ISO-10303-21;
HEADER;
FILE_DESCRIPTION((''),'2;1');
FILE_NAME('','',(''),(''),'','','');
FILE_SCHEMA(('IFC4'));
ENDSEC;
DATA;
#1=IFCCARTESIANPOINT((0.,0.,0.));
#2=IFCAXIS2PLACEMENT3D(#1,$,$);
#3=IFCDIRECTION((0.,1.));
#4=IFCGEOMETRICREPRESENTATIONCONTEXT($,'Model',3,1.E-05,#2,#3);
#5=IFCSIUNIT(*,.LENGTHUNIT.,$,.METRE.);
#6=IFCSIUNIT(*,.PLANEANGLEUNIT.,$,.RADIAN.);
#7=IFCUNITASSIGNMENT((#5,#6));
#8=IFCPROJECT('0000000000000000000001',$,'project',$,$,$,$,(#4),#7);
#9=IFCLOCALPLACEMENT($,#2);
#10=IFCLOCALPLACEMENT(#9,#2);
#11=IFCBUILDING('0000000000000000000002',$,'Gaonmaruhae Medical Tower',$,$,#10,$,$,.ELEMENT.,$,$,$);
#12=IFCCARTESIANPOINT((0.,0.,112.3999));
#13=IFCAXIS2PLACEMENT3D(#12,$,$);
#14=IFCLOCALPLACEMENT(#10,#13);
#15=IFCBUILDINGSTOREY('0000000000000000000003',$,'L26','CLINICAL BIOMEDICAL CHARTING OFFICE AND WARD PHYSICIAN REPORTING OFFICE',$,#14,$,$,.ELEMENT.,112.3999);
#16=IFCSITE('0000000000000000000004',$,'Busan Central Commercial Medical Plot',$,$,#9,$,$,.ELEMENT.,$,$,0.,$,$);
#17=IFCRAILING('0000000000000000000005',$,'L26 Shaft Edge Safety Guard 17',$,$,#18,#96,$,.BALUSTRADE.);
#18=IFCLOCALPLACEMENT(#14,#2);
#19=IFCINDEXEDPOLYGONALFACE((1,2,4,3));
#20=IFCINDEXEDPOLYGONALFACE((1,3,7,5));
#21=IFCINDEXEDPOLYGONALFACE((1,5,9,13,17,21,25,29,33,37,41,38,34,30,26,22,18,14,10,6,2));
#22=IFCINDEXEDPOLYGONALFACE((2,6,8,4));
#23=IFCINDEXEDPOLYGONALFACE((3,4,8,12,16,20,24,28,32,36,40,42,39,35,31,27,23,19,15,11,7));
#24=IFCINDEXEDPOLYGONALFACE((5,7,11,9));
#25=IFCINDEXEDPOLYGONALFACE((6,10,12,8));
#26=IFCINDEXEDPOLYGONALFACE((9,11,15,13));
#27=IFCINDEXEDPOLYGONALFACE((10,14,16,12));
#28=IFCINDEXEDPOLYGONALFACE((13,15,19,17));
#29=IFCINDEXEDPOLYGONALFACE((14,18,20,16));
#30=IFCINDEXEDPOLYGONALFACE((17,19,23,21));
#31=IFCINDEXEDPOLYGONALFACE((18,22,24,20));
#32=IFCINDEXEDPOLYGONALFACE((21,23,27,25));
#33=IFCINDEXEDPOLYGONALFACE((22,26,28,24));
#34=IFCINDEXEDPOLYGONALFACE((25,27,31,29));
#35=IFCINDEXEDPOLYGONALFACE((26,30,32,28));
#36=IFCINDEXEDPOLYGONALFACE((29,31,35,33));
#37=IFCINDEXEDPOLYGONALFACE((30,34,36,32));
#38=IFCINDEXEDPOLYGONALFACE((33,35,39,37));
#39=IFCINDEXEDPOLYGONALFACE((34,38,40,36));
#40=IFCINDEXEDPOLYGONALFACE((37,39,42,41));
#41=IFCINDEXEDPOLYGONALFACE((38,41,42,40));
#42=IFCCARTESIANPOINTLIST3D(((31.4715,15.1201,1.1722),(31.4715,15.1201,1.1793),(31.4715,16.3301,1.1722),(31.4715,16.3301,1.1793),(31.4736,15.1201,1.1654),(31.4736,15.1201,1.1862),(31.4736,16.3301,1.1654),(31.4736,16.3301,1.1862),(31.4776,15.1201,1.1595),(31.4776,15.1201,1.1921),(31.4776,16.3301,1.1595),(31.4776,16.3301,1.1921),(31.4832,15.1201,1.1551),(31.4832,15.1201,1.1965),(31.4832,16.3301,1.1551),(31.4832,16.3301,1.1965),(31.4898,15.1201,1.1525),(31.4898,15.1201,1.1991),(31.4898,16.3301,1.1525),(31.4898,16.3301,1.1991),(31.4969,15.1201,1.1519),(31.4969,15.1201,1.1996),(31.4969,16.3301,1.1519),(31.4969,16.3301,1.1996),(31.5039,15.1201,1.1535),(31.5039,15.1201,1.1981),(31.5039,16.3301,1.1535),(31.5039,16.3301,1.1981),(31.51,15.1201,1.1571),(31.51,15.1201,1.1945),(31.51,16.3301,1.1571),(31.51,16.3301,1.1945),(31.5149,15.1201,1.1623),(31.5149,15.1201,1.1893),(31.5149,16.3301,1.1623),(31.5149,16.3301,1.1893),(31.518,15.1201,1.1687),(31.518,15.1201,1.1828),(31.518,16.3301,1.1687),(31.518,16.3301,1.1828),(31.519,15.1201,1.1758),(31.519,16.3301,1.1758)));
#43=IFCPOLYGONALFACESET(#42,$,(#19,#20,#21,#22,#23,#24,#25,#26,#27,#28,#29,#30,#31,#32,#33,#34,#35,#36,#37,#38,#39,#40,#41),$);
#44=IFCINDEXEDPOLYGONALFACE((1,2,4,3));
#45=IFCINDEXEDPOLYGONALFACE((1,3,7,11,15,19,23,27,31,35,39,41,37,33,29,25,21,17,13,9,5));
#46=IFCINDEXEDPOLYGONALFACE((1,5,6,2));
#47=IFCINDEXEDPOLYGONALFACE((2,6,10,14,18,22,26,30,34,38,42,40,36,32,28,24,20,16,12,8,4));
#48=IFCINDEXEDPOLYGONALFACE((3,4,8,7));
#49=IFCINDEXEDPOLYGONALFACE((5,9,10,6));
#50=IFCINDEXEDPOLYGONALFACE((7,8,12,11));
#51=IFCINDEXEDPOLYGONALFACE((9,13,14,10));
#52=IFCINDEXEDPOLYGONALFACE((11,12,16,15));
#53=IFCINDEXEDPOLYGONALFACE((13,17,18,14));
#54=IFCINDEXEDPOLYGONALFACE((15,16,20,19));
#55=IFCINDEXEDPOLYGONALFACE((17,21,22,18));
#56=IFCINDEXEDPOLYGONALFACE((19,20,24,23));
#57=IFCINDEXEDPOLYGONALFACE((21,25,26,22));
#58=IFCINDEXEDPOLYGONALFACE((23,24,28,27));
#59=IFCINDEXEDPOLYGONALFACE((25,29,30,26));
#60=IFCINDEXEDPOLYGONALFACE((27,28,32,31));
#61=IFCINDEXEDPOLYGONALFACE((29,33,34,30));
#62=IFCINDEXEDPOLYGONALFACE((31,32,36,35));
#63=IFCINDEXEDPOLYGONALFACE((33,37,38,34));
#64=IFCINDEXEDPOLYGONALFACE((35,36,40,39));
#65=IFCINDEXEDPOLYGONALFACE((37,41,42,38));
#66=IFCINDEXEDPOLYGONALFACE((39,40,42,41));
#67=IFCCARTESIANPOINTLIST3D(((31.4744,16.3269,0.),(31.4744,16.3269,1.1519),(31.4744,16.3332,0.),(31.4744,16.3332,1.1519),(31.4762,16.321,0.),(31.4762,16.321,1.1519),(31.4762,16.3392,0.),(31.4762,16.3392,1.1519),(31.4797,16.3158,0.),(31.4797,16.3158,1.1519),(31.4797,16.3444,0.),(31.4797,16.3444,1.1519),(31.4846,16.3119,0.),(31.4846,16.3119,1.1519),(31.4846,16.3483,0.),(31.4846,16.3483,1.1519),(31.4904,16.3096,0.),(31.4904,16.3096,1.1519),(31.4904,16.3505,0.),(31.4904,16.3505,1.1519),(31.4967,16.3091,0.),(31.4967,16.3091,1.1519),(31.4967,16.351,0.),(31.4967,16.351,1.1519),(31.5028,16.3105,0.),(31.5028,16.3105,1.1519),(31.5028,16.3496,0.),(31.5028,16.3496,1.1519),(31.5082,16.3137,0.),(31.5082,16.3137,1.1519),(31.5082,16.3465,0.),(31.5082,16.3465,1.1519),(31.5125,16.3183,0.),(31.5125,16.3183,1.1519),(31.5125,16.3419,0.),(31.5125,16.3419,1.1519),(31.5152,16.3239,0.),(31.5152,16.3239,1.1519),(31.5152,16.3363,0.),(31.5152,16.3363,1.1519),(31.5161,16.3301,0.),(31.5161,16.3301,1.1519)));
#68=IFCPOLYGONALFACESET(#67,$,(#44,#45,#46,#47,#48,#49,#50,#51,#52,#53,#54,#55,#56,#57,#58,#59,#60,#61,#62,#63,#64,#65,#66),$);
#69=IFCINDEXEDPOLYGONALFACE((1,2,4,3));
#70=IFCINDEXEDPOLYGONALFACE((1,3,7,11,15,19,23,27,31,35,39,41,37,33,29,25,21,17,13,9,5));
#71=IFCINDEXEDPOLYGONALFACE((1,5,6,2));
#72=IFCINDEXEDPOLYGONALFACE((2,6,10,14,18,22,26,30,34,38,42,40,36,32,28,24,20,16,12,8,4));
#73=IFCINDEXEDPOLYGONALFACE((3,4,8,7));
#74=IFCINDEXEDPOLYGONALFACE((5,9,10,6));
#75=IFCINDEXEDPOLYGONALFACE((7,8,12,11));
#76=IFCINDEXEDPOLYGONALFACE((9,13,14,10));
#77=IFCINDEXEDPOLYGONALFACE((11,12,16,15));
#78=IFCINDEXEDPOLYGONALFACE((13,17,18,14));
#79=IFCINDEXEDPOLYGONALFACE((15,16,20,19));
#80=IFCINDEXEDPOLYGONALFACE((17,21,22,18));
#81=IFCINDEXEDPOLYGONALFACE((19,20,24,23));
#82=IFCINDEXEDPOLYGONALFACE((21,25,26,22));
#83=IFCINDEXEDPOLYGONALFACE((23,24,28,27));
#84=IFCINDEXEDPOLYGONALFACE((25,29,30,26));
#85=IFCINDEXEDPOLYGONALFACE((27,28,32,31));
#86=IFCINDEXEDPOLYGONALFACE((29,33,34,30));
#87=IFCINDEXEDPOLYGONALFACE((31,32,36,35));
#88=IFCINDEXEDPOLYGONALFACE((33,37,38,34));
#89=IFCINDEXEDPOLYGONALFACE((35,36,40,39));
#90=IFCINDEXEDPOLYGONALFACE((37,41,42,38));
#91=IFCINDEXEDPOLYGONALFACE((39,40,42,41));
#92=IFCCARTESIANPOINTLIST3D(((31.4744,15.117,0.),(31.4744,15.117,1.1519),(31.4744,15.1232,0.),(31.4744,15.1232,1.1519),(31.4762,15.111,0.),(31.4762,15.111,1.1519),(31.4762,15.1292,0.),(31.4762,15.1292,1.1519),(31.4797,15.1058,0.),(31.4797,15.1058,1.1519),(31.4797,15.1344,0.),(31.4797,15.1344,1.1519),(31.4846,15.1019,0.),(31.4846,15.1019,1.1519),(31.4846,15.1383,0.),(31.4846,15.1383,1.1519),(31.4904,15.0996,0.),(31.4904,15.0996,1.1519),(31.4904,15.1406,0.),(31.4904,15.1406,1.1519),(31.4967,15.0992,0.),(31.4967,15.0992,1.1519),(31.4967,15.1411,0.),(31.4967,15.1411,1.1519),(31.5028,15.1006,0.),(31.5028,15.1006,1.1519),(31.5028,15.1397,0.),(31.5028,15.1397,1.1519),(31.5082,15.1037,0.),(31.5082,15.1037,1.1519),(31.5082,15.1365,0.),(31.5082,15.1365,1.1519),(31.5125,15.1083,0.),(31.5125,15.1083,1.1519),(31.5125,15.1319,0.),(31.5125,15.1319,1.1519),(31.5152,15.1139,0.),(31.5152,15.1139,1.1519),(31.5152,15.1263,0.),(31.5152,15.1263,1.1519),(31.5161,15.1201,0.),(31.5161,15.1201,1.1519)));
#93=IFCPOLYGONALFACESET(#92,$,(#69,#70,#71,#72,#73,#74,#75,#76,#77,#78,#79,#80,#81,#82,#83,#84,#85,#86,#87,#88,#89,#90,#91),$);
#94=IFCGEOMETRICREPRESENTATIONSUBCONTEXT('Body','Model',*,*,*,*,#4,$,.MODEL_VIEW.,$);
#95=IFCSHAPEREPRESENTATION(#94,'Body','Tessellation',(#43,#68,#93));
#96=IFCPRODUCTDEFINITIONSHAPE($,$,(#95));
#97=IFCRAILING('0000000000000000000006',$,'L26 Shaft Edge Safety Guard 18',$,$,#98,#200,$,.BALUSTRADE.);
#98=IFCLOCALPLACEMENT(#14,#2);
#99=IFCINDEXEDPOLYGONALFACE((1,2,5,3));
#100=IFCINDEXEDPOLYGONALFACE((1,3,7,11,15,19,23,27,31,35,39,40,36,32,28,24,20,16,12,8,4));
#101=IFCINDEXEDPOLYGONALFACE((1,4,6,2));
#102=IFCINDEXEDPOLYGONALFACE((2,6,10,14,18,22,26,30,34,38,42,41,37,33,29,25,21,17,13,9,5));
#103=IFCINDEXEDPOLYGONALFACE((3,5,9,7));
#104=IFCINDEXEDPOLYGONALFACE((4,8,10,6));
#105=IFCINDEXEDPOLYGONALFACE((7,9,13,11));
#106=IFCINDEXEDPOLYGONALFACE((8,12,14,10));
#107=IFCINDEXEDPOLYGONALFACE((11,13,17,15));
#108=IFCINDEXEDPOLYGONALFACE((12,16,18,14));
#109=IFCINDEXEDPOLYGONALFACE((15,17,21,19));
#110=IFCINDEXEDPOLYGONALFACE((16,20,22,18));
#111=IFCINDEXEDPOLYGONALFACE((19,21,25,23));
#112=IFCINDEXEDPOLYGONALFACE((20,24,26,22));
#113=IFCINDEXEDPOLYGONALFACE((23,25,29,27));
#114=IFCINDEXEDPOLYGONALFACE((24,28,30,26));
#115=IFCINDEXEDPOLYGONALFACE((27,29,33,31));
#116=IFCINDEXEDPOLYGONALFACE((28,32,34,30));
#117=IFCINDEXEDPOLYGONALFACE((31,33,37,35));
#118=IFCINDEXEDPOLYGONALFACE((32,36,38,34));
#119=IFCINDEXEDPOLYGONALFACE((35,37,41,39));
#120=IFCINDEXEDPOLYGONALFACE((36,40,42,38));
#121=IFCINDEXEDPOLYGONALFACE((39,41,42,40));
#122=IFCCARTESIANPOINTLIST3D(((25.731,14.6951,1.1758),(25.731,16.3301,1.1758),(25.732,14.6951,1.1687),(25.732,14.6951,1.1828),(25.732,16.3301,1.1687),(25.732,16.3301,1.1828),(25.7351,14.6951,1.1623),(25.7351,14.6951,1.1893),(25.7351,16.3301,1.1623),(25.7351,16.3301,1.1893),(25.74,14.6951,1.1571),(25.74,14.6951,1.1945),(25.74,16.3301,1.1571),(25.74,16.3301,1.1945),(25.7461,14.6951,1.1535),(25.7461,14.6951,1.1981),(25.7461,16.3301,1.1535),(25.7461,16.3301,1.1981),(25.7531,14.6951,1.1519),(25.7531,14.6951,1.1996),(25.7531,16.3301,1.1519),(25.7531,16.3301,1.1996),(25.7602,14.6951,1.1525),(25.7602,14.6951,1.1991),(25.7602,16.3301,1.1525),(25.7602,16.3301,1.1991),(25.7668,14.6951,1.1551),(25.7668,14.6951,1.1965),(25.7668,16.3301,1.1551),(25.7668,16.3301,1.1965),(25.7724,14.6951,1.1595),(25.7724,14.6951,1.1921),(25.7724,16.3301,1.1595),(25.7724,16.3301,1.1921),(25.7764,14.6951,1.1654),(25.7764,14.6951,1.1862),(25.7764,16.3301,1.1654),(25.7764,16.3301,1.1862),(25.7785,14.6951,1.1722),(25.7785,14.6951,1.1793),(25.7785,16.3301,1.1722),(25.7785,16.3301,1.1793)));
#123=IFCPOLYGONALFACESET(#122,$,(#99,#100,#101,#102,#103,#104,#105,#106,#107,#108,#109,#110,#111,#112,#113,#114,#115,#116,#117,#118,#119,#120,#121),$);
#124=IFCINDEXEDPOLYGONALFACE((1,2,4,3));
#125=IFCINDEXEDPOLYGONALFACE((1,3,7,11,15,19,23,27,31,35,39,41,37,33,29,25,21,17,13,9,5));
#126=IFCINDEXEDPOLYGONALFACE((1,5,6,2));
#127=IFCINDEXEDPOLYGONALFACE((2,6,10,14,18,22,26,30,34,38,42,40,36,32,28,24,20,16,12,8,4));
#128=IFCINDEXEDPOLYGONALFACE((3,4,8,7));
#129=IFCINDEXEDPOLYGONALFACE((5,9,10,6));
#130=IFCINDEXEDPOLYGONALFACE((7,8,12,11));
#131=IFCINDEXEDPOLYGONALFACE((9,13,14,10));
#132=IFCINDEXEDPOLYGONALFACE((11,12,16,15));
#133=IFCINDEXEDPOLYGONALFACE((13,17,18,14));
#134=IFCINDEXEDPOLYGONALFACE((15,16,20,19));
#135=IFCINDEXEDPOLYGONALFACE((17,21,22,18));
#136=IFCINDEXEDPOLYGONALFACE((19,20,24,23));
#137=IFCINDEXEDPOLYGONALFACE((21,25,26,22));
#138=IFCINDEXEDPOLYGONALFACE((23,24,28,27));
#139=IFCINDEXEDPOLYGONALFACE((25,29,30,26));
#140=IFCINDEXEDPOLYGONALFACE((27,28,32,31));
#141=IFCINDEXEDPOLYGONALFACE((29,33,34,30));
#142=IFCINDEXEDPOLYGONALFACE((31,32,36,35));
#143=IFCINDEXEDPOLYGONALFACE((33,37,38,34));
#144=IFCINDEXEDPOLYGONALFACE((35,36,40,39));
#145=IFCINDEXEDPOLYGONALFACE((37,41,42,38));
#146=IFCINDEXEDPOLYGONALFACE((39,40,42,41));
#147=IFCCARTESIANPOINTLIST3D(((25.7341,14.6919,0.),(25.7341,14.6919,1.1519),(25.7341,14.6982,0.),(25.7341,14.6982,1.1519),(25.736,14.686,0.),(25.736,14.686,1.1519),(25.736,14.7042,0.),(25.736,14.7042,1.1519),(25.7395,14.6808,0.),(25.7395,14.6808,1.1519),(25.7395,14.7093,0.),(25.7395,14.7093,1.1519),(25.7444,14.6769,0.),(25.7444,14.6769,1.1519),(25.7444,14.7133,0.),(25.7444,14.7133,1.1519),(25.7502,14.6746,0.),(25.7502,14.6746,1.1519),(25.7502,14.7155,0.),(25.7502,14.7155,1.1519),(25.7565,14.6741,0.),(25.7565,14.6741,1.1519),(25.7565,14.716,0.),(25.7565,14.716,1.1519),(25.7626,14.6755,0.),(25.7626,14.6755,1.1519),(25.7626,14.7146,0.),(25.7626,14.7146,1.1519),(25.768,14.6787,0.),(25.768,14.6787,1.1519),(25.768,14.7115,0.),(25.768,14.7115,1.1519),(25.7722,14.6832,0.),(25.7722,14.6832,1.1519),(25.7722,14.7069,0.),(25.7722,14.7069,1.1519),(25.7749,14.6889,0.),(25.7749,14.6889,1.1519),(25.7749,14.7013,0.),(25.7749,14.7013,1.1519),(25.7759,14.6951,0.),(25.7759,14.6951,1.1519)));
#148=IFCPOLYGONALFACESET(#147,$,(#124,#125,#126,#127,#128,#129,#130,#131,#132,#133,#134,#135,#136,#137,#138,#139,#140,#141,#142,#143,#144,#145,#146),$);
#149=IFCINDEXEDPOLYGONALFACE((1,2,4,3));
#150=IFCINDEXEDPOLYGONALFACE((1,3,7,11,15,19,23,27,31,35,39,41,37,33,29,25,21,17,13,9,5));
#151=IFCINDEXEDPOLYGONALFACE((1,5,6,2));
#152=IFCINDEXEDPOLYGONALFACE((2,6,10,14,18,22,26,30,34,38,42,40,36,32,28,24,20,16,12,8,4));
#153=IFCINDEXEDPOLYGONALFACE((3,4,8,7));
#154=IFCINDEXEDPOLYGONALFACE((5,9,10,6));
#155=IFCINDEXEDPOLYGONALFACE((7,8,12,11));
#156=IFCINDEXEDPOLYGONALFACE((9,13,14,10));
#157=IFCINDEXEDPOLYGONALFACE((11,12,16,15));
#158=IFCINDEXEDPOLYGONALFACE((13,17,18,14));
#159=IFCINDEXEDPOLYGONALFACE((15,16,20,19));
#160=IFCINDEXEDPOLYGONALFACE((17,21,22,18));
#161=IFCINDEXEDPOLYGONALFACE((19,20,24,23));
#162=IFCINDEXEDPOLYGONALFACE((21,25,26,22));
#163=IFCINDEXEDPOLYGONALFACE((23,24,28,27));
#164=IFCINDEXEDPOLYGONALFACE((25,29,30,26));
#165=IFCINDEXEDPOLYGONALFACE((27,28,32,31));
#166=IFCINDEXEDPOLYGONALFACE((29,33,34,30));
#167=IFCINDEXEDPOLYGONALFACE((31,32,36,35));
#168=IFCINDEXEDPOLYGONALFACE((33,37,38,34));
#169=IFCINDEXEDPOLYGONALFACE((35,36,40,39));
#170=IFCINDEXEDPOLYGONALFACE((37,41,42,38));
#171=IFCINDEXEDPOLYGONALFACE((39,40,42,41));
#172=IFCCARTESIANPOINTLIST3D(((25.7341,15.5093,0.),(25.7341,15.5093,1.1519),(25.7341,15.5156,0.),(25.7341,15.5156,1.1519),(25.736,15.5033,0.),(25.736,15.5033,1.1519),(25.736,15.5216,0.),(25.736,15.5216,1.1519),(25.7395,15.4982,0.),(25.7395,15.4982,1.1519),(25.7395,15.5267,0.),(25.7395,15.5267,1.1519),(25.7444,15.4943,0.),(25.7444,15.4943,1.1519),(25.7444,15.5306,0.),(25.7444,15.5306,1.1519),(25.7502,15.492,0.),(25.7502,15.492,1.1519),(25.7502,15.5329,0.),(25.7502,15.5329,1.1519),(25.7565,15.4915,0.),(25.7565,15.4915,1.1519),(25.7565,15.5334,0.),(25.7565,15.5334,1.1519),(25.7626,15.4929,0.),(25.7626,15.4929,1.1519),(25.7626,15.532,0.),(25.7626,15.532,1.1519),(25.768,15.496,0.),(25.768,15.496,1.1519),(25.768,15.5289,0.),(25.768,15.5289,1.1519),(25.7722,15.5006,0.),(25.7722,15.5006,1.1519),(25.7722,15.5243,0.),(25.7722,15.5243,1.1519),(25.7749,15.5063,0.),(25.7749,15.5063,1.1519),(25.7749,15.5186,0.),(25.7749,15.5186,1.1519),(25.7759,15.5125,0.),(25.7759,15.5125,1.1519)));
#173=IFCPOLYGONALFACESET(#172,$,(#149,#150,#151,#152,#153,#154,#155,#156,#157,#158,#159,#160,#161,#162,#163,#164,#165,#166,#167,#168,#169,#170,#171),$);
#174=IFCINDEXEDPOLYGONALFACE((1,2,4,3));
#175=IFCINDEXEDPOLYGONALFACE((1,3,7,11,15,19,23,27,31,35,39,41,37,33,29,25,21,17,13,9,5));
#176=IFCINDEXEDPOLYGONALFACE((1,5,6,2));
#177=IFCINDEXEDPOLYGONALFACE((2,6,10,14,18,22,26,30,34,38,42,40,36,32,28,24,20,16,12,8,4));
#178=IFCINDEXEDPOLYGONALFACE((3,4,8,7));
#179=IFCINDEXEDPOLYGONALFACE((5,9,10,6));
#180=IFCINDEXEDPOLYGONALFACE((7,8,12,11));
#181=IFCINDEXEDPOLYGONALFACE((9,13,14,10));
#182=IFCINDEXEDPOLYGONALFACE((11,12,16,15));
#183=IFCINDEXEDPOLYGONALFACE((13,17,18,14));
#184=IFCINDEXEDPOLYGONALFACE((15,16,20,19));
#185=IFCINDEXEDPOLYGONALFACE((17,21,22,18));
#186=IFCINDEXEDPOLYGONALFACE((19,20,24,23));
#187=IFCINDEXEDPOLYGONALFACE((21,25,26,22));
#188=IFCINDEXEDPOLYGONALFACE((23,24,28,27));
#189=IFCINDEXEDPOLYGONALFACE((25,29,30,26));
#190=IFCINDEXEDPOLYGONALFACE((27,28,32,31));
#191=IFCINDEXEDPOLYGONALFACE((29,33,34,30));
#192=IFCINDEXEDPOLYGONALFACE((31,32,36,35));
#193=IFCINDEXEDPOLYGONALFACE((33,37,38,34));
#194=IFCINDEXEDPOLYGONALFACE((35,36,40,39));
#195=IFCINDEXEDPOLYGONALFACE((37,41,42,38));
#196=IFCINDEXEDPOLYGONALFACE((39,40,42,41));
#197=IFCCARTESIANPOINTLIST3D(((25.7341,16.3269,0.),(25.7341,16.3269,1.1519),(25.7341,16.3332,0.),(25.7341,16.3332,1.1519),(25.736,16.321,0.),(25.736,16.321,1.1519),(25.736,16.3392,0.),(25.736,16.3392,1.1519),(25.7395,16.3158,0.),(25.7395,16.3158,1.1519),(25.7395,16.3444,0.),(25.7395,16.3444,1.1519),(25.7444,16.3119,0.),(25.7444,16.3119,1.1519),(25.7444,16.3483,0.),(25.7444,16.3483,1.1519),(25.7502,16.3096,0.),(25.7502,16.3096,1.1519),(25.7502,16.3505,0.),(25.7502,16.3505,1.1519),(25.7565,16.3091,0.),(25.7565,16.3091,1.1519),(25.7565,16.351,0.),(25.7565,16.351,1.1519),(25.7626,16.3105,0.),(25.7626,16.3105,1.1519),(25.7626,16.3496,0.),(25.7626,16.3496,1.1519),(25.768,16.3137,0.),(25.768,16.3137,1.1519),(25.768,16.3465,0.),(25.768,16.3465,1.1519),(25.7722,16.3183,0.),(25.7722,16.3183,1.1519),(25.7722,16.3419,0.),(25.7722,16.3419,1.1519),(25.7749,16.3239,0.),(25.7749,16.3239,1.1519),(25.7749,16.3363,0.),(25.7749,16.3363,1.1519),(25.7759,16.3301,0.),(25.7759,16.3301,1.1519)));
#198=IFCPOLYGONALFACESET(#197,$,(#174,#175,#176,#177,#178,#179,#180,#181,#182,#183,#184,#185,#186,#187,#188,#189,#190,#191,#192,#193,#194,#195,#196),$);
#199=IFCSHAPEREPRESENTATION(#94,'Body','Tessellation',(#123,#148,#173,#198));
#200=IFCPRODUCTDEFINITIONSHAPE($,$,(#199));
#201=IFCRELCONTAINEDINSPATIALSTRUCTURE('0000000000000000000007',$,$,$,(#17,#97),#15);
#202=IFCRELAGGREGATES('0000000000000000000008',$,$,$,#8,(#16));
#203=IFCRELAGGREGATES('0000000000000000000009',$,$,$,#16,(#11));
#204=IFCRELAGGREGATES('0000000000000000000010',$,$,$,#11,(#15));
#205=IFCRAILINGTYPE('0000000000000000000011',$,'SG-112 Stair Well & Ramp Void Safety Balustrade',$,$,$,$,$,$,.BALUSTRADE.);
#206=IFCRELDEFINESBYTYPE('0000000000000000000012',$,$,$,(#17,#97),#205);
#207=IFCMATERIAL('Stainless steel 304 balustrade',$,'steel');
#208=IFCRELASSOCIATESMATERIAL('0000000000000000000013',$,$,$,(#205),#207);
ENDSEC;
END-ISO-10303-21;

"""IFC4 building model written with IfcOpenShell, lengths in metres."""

from ifc_helpers import new_model, si_unit, direction, frame, origin, origin_2d, place, context, subcontext, project, spatial, circle, extrude, material, type_object, element, save


model = new_model("IFC4")

# Units and contexts
model_context = context("Model", 3, precision=1e-05, world=origin(), true_north=direction((0.0, 1.0)))
body_context = subcontext(model_context, "Body", "Model", "MODEL_VIEW")
ifc_project = project(units=[si_unit("LENGTHUNIT", "METRE"), si_unit("PLANEANGLEUNIT", "RADIAN")], contexts=[model_context])

# Site, building, storey
site_placement = place(None, origin())
site = spatial("IfcSite", under=ifc_project, at=site_placement, Name="Busan Central Commercial Medical Plot", CompositionType="ELEMENT", RefElevation=0.0)
building_placement = place(site_placement, origin())
building = spatial("IfcBuilding", under=site, at=building_placement, Name="Gaonmaruhae Medical Tower", CompositionType="ELEMENT")
storey_placement = place(building_placement, frame((0.0, 0.0, 112.3999)))
storey = spatial("IfcBuildingStorey", under=building, at=storey_placement, Name="L26", Description="CLINICAL BIOMEDICAL CHARTING OFFICE AND WARD PHYSICIAN REPORTING OFFICE", CompositionType="ELEMENT", Elevation=112.3999)

# Railings
ifc_material_1 = material(Name="Stainless steel 304 balustrade", Category="steel")
railing_type = type_object("IfcRailingType", Name="SG-112 Stair Well & Ramp Void Safety Balustrade", PredefinedType="BALUSTRADE", material=ifc_material_1)
railing_1_placement = place(storey_placement, frame((31.4951, 16.3301, 0.0)))
element("IfcRailing", 1, at=railing_1_placement, inside=storey, type_object=railing_type, Name="L26 Shaft Edge Safety Guard 17", PredefinedType="BALUSTRADE", context=body_context, shape_type="SweptSolid", body=[
    extrude(circle(Radius=0.0239, at=origin_2d()), frame((0.0, 0.0, 1.1758), z_axis=(0.0, -1.0, 0.0), x_axis=(1.0, 0.0, 0.0)), (0.0, 0.0, 1.0), 1.21),
    extrude(circle(Radius=0.021, at=origin_2d()), origin(), (0.0, 0.0, 1.0), 1.1519),
    extrude(circle(Radius=0.021, at=origin_2d()), frame((0.0, -1.21, 0.0)), (0.0, 0.0, 1.0), 1.1519),
])
railing_2_placement = place(storey_placement, frame((25.7549, 14.6951, 0.0)))
element("IfcRailing", 2, at=railing_2_placement, inside=storey, type_object=railing_type, Name="L26 Shaft Edge Safety Guard 18", PredefinedType="BALUSTRADE", context=body_context, shape_type="SweptSolid", body=[
    extrude(circle(Radius=0.0239, at=origin_2d()), frame((0.0, 0.0, 1.1758), z_axis=(0.0, 1.0, 0.0), x_axis=(-1.0, 0.0, 0.0)), (0.0, 0.0, 1.0), 1.635),
    extrude(circle(Radius=0.021, at=origin_2d()), origin(), (0.0, 0.0, 1.0), 1.1519),
    extrude(circle(Radius=0.021, at=origin_2d()), frame((0.0, 0.8174, 0.0)), (0.0, 0.0, 1.0), 1.1519),
    extrude(circle(Radius=0.021, at=origin_2d()), frame((0.0, 1.635, 0.0)), (0.0, 0.0, 1.0), 1.1519),
])

save(model, "model.ifc")
